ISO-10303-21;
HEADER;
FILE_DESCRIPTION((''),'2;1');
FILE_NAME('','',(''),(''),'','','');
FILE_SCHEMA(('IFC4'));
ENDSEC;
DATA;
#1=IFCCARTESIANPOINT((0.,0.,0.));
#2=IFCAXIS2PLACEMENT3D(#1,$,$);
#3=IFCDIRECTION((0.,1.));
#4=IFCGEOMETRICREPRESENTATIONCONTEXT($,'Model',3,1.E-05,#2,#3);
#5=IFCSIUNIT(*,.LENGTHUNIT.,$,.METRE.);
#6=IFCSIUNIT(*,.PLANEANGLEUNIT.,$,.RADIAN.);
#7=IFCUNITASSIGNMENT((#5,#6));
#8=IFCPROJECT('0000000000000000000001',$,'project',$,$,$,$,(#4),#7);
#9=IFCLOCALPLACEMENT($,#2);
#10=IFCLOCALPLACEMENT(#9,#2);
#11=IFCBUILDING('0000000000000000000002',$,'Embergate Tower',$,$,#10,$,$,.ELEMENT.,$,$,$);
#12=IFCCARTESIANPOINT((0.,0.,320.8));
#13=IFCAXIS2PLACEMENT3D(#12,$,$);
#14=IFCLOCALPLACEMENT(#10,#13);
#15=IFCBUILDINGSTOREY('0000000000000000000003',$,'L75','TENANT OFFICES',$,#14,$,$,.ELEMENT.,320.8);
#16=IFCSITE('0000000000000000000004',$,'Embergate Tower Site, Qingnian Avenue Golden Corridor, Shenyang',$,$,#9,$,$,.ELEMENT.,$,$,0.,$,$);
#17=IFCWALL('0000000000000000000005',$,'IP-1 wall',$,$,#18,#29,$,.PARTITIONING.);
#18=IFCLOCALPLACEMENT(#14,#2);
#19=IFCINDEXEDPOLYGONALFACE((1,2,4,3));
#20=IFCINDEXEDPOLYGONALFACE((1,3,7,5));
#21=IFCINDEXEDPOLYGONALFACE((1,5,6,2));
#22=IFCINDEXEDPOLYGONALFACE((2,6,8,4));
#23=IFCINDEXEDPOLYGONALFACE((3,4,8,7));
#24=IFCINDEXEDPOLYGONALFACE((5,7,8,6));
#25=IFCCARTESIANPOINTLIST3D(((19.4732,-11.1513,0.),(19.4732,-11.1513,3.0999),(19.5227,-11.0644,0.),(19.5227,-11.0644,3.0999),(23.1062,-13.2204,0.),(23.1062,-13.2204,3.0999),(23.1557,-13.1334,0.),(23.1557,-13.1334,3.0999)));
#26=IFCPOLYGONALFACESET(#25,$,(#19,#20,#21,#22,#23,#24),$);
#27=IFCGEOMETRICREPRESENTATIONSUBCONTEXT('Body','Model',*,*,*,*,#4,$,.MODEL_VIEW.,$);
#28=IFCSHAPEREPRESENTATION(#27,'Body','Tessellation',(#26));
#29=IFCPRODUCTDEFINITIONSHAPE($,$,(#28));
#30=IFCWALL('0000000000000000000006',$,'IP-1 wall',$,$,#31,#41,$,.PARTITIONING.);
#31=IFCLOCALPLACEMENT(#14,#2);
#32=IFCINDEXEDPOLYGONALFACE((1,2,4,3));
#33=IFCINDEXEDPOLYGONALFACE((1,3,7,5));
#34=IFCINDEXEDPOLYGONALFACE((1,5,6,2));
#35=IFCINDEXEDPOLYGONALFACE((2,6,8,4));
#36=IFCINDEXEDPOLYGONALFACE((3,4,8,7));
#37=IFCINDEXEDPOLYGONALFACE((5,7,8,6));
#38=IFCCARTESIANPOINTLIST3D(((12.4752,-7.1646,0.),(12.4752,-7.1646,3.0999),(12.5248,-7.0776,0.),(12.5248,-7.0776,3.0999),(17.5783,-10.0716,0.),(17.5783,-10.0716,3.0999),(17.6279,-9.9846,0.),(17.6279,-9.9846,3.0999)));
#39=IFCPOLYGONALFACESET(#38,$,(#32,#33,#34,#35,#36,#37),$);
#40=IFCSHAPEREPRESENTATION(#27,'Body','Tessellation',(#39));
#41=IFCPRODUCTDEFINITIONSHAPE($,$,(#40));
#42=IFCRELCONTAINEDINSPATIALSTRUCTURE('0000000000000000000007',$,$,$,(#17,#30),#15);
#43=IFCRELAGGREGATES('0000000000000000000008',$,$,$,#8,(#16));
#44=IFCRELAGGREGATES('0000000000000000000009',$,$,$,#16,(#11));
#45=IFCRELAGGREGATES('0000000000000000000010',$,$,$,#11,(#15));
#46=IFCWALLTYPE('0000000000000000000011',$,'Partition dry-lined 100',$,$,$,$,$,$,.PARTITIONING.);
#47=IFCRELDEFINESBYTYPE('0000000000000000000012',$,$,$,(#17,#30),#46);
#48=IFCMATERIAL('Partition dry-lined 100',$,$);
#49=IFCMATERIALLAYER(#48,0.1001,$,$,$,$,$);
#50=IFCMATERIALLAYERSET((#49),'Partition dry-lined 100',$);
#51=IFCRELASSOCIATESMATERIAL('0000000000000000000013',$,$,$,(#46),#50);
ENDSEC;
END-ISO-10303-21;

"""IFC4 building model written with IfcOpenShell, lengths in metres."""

from ifc_helpers import new_model, si_unit, direction, frame, frame_2d, origin, place, context, subcontext, project, spatial, rectangle, extrude, source, transform, mapped, material, layer, layer_set, type_object, element, save


model = new_model("IFC4")

# Units and contexts
model_context = context("Model", 3, precision=1e-05, world=origin(), true_north=direction((0.0, 1.0)))
body_context = subcontext(model_context, "Body", "Model", "MODEL_VIEW")
ifc_project = project(units=[si_unit("LENGTHUNIT", "METRE"), si_unit("PLANEANGLEUNIT", "RADIAN")], contexts=[model_context])

# Site, building, storey
site_placement = place(None, origin())
site = spatial("IfcSite", under=ifc_project, at=site_placement, Name="Embergate Tower Site, Qingnian Avenue Golden Corridor, Shenyang", CompositionType="ELEMENT", RefElevation=0.0)
building_placement = place(site_placement, origin())
building = spatial("IfcBuilding", under=site, at=building_placement, Name="Embergate Tower", CompositionType="ELEMENT")
storey_placement = place(building_placement, frame((0.0, 0.0, 320.8)))
storey = spatial("IfcBuildingStorey", under=building, at=storey_placement, Name="L75", Description="TENANT OFFICES", CompositionType="ELEMENT", Elevation=320.8)

# Walls
ifc_material_1 = material(Name="Partition dry-lined 100")
ifc_layer_1 = layer(ifc_material_1, 0.1001)
ifc_layer_set_1 = layer_set([ifc_layer_1], Name="Partition dry-lined 100")
wall_type_1 = type_object("IfcWallType", Name="Partition dry-lined 100", PredefinedType="PARTITIONING", material=ifc_layer_set_1)
shared_shape_1 = source(origin(), body_context, "Body", "SweptSolid", [
    extrude(rectangle(XDim=4.1809, YDim=0.1001, at=frame_2d((2.0903, 0.0))), origin(), (0.0, 0.0, 1.0), 3.0999),
])
wall_1_placement = place(storey_placement, frame((19.498, -11.1079, 0.0), z_axis=(0.0, 0.0, 1.0), x_axis=(0.868957, -0.494887, 0.0)))
element("IfcWall", 1, at=wall_1_placement, inside=storey, type_object=wall_type_1, Name="IP-1 wall", PredefinedType="PARTITIONING", context=body_context, shape_type="MappedRepresentation", body=[
    mapped(shared_shape_1, transform((0.0, 0.0, 0.0))),
])
shared_shape_2 = source(origin(), body_context, "Body", "SweptSolid", [
    extrude(rectangle(XDim=5.873, YDim=0.1001, at=frame_2d((2.9365, 0.0))), origin(), (0.0, 0.0, 1.0), 3.0999),
])
wall_2_placement = place(storey_placement, frame((12.5, -7.1211, 0.0), z_axis=(0.0, 0.0, 1.0), x_axis=(0.868905, -0.494979, 0.0)))
element("IfcWall", 2, at=wall_2_placement, inside=storey, type_object=wall_type_1, Name="IP-1 wall", PredefinedType="PARTITIONING", context=body_context, shape_type="MappedRepresentation", body=[
    mapped(shared_shape_2, transform((0.0, 0.0, 0.0))),
])

save(model, "model.ifc")
